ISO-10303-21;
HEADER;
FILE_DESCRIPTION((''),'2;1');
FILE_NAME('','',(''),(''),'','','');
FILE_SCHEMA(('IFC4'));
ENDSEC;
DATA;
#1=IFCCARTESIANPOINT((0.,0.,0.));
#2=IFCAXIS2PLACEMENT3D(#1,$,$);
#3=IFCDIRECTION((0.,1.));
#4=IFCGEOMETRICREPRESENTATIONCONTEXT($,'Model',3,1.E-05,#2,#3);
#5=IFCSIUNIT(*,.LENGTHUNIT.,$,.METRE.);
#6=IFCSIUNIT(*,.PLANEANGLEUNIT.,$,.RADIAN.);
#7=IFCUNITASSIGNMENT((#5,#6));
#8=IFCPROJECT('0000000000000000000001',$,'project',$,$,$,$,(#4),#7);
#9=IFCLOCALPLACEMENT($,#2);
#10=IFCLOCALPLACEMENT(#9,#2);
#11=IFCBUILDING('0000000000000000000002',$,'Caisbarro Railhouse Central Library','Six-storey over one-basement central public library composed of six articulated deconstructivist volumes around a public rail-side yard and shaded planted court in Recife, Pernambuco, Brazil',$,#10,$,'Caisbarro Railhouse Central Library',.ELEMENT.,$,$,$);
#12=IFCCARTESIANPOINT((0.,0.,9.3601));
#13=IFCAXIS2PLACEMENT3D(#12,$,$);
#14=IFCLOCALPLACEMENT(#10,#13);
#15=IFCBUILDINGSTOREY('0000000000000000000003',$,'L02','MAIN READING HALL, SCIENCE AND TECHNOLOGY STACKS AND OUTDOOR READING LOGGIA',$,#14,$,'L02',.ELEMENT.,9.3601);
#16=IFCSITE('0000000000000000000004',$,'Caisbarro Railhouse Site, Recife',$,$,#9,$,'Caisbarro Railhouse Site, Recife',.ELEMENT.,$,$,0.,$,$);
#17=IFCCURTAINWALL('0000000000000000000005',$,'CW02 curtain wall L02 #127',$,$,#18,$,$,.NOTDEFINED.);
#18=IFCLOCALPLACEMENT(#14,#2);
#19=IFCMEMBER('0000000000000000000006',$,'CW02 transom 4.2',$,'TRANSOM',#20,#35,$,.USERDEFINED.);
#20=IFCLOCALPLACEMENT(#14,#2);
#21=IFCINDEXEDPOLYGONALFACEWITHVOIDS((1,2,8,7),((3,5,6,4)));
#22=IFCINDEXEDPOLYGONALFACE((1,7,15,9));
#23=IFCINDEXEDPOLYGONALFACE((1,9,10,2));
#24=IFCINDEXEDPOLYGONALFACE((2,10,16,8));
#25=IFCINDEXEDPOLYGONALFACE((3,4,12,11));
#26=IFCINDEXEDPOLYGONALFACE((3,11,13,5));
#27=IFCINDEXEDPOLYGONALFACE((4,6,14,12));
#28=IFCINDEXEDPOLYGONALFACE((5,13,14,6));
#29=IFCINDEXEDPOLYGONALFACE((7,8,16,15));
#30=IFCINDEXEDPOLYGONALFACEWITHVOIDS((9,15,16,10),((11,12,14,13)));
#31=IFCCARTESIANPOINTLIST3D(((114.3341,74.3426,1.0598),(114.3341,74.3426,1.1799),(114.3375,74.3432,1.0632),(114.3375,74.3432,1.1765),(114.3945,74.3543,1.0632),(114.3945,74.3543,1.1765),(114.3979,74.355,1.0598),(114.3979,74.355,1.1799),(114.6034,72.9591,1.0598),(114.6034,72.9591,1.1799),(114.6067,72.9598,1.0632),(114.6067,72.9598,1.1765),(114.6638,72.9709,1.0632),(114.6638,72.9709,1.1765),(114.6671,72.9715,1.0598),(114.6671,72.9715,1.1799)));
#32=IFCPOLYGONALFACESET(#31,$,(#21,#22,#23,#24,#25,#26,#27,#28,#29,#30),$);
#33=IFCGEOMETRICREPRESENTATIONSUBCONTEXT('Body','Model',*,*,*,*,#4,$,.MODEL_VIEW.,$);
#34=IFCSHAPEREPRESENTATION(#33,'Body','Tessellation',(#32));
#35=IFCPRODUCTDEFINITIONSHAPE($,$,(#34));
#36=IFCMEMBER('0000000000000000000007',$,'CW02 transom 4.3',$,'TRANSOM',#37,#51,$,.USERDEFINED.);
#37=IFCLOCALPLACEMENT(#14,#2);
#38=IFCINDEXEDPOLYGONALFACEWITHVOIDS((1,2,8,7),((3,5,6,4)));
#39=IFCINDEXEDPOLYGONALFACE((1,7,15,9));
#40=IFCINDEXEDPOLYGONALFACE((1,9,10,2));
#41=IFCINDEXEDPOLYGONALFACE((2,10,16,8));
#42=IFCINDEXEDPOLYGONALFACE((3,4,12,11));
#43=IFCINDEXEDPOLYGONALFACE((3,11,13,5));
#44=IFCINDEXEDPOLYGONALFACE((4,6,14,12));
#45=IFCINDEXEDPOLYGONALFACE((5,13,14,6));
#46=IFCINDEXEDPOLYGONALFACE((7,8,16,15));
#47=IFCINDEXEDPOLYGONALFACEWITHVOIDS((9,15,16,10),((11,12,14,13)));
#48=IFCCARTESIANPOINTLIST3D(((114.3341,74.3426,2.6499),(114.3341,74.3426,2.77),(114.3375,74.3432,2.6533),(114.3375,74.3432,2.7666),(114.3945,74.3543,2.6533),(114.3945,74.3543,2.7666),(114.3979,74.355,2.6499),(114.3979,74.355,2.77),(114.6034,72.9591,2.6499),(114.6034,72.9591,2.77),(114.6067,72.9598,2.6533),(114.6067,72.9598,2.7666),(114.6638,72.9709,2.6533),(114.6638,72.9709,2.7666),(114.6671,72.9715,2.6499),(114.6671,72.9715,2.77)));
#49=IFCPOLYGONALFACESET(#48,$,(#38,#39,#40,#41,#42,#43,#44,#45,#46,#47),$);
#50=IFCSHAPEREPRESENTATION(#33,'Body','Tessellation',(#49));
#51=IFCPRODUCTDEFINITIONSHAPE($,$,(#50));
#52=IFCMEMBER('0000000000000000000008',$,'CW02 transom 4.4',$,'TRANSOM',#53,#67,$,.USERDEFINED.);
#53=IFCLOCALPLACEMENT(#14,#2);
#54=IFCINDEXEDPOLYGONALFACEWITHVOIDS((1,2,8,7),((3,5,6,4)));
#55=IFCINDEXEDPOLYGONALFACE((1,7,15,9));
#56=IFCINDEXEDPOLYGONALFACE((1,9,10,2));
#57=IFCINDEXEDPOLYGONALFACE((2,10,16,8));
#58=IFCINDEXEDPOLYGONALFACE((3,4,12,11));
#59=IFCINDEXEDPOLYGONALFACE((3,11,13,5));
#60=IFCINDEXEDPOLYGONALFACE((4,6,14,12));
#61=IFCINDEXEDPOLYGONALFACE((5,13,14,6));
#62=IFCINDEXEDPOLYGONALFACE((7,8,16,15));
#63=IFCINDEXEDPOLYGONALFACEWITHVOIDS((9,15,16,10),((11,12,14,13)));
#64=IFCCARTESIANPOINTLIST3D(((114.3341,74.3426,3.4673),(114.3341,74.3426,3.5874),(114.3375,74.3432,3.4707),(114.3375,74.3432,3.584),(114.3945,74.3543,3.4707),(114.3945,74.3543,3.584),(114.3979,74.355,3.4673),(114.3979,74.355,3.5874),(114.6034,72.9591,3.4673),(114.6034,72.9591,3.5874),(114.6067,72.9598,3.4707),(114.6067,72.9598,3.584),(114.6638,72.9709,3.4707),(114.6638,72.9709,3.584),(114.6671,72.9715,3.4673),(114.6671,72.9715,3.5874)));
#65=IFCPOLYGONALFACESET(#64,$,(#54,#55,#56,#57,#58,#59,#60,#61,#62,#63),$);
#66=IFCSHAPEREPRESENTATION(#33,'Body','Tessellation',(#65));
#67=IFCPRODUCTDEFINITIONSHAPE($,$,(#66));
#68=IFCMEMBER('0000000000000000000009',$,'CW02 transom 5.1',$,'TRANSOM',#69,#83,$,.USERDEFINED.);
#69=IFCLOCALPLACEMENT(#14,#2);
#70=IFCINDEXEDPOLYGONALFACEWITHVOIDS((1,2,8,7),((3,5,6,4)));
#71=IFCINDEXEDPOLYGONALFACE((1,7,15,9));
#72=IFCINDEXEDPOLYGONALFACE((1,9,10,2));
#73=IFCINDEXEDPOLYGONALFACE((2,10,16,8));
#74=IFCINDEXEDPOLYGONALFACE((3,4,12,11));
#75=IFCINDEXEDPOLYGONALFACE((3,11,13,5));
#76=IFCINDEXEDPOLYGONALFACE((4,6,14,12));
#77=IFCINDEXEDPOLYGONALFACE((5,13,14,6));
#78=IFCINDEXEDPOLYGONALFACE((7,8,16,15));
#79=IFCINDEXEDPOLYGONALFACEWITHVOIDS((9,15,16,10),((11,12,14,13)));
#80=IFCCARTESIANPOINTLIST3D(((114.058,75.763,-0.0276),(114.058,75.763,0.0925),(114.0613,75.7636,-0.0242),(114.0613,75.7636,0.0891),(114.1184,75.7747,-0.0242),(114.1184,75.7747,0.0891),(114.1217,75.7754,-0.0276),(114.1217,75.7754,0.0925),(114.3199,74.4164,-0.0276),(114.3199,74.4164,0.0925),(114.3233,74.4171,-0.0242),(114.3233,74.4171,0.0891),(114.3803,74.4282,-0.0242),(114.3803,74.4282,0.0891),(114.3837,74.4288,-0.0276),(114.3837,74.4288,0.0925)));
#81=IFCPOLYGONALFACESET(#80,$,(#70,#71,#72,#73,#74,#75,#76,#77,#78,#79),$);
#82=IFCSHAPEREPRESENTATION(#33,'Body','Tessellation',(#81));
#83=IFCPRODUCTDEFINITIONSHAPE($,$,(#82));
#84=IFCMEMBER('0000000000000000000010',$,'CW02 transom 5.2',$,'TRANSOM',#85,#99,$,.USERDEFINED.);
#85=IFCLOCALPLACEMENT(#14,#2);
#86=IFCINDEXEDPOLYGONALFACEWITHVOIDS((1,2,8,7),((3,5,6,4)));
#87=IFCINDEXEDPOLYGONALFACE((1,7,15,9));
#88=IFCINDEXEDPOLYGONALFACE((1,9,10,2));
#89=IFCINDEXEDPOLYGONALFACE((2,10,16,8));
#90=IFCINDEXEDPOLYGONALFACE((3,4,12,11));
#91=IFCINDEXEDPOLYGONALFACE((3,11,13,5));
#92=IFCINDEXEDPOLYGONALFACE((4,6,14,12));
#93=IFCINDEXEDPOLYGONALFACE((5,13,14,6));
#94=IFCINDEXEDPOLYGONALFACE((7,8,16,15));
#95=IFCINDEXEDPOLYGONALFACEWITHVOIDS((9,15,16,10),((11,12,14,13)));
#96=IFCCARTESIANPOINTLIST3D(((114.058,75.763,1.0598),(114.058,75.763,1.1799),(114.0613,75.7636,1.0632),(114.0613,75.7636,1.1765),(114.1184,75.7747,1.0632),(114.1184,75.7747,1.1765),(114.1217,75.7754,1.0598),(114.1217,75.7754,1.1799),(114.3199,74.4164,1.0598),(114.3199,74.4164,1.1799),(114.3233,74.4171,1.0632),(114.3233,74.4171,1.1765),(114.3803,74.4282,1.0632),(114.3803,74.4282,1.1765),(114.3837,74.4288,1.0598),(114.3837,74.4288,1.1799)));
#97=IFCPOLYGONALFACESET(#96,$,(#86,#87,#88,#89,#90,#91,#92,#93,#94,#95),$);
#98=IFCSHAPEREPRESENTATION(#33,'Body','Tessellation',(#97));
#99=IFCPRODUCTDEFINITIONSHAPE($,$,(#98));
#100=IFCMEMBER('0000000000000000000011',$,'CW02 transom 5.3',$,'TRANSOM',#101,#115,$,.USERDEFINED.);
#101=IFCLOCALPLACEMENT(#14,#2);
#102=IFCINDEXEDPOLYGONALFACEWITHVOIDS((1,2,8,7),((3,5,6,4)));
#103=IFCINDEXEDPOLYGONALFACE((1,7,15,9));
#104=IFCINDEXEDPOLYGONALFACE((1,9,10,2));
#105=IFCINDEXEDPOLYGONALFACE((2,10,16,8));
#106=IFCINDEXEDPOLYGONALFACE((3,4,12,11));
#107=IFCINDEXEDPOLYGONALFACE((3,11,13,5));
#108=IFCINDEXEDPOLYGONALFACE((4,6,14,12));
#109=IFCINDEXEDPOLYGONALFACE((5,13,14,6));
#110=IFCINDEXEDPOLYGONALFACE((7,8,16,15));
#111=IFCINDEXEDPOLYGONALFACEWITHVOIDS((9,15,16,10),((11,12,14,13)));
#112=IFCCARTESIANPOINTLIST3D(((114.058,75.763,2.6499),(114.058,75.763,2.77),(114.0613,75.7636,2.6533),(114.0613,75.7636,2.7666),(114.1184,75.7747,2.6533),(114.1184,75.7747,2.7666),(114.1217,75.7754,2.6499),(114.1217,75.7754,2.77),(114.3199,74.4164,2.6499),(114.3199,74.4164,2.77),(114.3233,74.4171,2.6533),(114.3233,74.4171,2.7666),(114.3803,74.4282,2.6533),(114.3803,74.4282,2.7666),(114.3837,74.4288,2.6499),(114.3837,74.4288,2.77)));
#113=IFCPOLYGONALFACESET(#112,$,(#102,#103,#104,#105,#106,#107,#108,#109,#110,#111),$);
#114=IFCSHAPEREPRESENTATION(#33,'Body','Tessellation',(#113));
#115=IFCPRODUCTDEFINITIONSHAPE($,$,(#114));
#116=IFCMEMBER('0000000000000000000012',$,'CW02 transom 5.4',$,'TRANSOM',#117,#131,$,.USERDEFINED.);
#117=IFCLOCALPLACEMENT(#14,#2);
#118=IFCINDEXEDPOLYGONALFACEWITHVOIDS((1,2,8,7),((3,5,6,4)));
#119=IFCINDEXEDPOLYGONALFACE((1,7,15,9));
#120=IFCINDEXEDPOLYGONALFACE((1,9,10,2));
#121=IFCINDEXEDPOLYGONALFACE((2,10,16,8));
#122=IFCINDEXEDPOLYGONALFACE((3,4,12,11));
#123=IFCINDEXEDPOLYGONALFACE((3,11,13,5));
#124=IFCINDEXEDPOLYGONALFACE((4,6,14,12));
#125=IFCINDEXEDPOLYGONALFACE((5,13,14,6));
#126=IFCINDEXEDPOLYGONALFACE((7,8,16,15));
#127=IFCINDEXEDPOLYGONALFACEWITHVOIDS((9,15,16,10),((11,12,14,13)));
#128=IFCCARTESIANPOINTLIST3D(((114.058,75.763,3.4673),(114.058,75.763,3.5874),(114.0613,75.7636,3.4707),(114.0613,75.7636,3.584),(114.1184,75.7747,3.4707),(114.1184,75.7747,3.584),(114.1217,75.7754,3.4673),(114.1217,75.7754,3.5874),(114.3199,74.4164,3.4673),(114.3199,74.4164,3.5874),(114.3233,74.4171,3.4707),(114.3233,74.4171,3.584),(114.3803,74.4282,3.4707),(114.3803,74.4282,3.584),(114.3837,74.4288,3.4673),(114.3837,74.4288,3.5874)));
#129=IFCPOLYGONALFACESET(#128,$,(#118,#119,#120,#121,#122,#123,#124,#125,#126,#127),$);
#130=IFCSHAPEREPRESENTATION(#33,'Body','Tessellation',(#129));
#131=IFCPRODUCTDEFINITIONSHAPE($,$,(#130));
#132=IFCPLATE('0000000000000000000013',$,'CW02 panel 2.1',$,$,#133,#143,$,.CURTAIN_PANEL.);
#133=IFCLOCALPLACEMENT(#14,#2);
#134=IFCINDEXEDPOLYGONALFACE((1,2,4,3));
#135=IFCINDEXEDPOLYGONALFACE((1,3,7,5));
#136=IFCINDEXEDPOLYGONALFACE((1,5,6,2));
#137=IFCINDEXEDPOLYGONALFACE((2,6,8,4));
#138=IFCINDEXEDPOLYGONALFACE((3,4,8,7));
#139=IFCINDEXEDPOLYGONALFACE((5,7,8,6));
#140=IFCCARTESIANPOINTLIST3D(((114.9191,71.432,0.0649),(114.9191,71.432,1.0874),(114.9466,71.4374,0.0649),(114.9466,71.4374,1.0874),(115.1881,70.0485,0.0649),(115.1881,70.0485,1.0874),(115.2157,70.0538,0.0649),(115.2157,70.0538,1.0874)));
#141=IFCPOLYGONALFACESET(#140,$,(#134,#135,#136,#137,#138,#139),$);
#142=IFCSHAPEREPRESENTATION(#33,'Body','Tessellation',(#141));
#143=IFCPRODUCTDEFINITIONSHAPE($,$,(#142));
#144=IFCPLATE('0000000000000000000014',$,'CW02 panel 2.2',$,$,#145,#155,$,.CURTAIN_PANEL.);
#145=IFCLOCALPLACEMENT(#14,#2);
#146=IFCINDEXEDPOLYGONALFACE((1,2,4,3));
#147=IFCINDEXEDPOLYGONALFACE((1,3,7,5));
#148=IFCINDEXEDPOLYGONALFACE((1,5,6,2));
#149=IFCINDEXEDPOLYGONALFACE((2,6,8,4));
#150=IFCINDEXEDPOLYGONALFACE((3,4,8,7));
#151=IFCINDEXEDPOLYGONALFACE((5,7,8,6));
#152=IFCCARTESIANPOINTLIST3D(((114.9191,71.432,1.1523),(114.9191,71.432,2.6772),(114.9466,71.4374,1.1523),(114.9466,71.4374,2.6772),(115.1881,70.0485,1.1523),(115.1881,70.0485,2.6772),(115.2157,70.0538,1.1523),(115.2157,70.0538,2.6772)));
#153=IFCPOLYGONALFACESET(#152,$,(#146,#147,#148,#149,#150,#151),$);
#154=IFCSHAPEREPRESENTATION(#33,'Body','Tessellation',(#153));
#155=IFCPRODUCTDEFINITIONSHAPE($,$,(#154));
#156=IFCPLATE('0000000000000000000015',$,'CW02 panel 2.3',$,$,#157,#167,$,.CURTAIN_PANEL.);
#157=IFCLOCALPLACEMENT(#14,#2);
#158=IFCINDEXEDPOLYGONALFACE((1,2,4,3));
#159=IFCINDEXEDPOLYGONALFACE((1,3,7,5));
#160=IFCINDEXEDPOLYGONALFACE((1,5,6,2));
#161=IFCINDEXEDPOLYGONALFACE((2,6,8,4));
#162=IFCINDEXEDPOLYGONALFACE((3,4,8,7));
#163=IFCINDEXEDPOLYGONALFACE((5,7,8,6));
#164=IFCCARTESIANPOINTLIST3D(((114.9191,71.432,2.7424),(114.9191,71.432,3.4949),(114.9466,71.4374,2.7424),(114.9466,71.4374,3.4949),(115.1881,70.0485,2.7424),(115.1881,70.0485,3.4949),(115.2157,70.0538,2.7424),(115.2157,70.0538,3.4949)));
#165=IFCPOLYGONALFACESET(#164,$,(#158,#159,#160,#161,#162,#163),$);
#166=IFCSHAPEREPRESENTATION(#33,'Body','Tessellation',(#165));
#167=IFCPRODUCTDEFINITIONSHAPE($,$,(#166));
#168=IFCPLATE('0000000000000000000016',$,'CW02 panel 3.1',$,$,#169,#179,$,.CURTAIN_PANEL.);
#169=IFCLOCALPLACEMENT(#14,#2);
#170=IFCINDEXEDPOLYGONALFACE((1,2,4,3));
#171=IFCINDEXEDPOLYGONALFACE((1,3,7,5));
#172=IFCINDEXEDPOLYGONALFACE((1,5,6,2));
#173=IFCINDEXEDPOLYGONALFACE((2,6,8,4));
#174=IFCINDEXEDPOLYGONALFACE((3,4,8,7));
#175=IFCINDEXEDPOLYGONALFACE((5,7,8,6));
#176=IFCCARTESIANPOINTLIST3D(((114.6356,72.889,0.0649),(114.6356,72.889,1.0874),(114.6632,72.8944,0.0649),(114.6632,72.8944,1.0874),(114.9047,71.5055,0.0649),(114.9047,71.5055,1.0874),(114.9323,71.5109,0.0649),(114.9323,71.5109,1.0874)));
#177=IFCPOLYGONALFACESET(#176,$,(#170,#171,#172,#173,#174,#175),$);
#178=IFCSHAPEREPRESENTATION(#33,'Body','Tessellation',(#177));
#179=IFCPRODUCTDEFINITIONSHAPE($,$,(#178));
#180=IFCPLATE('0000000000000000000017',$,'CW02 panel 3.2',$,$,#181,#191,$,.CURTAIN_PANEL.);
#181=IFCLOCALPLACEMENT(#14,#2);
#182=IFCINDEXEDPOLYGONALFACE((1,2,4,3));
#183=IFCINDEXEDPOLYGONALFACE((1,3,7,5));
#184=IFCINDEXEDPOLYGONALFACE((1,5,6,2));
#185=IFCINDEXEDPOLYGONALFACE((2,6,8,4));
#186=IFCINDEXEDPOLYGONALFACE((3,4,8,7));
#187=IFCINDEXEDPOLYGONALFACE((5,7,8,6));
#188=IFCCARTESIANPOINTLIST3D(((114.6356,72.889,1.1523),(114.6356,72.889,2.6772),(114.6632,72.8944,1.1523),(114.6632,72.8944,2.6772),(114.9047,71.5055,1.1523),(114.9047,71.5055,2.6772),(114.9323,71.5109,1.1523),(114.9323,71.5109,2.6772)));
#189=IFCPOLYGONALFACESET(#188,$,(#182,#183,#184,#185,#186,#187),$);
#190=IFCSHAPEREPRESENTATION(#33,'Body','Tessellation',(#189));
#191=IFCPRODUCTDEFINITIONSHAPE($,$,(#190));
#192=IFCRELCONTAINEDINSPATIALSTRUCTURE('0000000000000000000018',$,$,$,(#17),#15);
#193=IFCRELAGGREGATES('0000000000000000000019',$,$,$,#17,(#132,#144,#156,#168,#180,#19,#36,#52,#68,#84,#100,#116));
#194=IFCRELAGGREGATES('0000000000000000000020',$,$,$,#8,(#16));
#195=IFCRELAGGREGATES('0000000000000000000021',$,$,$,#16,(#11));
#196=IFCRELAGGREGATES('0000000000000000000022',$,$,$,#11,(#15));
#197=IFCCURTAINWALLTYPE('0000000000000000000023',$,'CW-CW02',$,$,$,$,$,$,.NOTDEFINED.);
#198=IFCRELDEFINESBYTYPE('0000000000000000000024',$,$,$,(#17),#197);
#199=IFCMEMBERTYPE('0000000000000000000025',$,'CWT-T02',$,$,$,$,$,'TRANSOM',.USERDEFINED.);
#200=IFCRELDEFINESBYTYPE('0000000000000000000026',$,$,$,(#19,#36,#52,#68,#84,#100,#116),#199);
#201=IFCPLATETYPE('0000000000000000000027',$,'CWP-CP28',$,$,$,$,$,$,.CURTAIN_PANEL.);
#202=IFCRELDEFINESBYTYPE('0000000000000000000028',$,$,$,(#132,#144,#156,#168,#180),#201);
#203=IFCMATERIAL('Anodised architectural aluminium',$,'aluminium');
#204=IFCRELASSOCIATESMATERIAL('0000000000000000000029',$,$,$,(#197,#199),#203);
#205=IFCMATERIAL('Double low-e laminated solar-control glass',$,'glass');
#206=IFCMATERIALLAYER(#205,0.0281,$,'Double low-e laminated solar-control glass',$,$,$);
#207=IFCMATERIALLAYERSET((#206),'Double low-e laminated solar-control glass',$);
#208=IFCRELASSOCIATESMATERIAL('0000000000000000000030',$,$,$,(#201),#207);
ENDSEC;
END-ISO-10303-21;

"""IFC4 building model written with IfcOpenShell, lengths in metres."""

from ifc_helpers import new_model, si_unit, direction, frame, origin, origin_2d, place, context, subcontext, project, spatial, rectangle, hollow_rectangle, extrude, material, layer, layer_set, material_profile, profile_set, type_object, element, aggregate, save


model = new_model("IFC4")

# Units and contexts
model_context = context("Model", 3, precision=1e-05, world=origin(), true_north=direction((0.0, 1.0)))
body_context = subcontext(model_context, "Body", "Model", "MODEL_VIEW")
ifc_project = project(units=[si_unit("LENGTHUNIT", "METRE"), si_unit("PLANEANGLEUNIT", "RADIAN")], contexts=[model_context])

# Site, building, storey
site_placement = place(None, origin())
site = spatial("IfcSite", under=ifc_project, at=site_placement, Name="Caisbarro Railhouse Site, Recife", LongName="Caisbarro Railhouse Site, Recife", CompositionType="ELEMENT", RefElevation=0.0)
building_placement = place(site_placement, origin())
building = spatial("IfcBuilding", under=site, at=building_placement, Name="Caisbarro Railhouse Central Library", Description="Six-storey over one-basement central public library composed of six articulated deconstructivist volumes around a public rail-side yard and shaded planted court in Recife, Pernambuco, Brazil", LongName="Caisbarro Railhouse Central Library", CompositionType="ELEMENT")
storey_placement = place(building_placement, frame((0.0, 0.0, 9.3601)))
storey = spatial("IfcBuildingStorey", under=building, at=storey_placement, Name="L02", Description="MAIN READING HALL, SCIENCE AND TECHNOLOGY STACKS AND OUTDOOR READING LOGGIA", LongName="L02", CompositionType="ELEMENT", Elevation=9.3601)

# Curtain wall, members, plates
ifc_material_1 = material(Name="Anodised architectural aluminium", Category="aluminium")
curtain_wall_type = type_object("IfcCurtainWallType", Name="CW-CW02", PredefinedType="NOTDEFINED", material=ifc_material_1)
curtain_wall_placement = place(storey_placement, origin())
curtain_wall = element("IfcCurtainWall", 1, at=curtain_wall_placement, inside=storey, type_object=curtain_wall_type, Name="CW02 curtain wall L02 #127", PredefinedType="NOTDEFINED")
ifc_material_profile_1 = material_profile(ifc_material_1, hollow_rectangle(XDim=0.0649, YDim=0.1201, WallThickness=0.0034, at=origin_2d()), Name="ALU-TRN-65X120")
ifc_profile_set_1 = profile_set([ifc_material_profile_1], Name="Anodised architectural aluminium")
member_type_1 = type_object("IfcMemberType", Name="CWT-T02", ElementType="TRANSOM", PredefinedType="USERDEFINED", material=ifc_profile_set_1)
member_1_placement = place(storey_placement, frame((114.6353, 72.9653, 1.1199), z_axis=(-0.19105, 0.98158, 0.0), x_axis=(-0.98158, -0.19105, 0.0)))
member_1 = element("IfcMember", 2, at=member_1_placement, type_object=member_type_1, Name="CW02 transom 4.2", ObjectType="TRANSOM", PredefinedType="USERDEFINED", context=body_context, shape_type="SweptSolid", body=[
    extrude(hollow_rectangle(XDim=0.0649, YDim=0.1201, WallThickness=0.0034, at=origin_2d()), origin(), (0.0, 0.0, 1.0), 1.4094),
])
member_2_placement = place(storey_placement, frame((114.6353, 72.9653, 2.71), z_axis=(-0.19105, 0.98158, 0.0), x_axis=(-0.98158, -0.19105, 0.0)))
member_2 = element("IfcMember", 3, at=member_2_placement, type_object=member_type_1, Name="CW02 transom 4.3", ObjectType="TRANSOM", PredefinedType="USERDEFINED", context=body_context, shape_type="SweptSolid", body=[
    extrude(hollow_rectangle(XDim=0.0649, YDim=0.1201, WallThickness=0.0034, at=origin_2d()), origin(), (0.0, 0.0, 1.0), 1.4094),
])
member_3_placement = place(storey_placement, frame((114.6353, 72.9653, 3.5273), z_axis=(-0.19105, 0.98158, 0.0), x_axis=(-0.98158, -0.19105, 0.0)))
member_3 = element("IfcMember", 4, at=member_3_placement, type_object=member_type_1, Name="CW02 transom 4.4", ObjectType="TRANSOM", PredefinedType="USERDEFINED", context=body_context, shape_type="SweptSolid", body=[
    extrude(hollow_rectangle(XDim=0.0649, YDim=0.1201, WallThickness=0.0034, at=origin_2d()), origin(), (0.0, 0.0, 1.0), 1.4094),
])
member_4_placement = place(storey_placement, frame((114.3518, 74.4226, 0.0325), z_axis=(-0.190946, 0.981601, 0.0), x_axis=(-0.981601, -0.190946, 0.0)))
member_4 = element("IfcMember", 5, at=member_4_placement, type_object=member_type_1, Name="CW02 transom 5.1", ObjectType="TRANSOM", PredefinedType="USERDEFINED", context=body_context, shape_type="SweptSolid", body=[
    extrude(hollow_rectangle(XDim=0.0649, YDim=0.1201, WallThickness=0.0034, at=origin_2d()), origin(), (0.0, 0.0, 1.0), 1.3718),
])
member_5_placement = place(storey_placement, frame((114.3518, 74.4226, 1.1199), z_axis=(-0.190946, 0.981601, 0.0), x_axis=(-0.981601, -0.190946, 0.0)))
member_5 = element("IfcMember", 6, at=member_5_placement, type_object=member_type_1, Name="CW02 transom 5.2", ObjectType="TRANSOM", PredefinedType="USERDEFINED", context=body_context, shape_type="SweptSolid", body=[
    extrude(hollow_rectangle(XDim=0.0649, YDim=0.1201, WallThickness=0.0034, at=origin_2d()), origin(), (0.0, 0.0, 1.0), 1.3718),
])
member_6_placement = place(storey_placement, frame((114.3518, 74.4226, 2.71), z_axis=(-0.190946, 0.981601, 0.0), x_axis=(-0.981601, -0.190946, 0.0)))
member_6 = element("IfcMember", 7, at=member_6_placement, type_object=member_type_1, Name="CW02 transom 5.3", ObjectType="TRANSOM", PredefinedType="USERDEFINED", context=body_context, shape_type="SweptSolid", body=[
    extrude(hollow_rectangle(XDim=0.0649, YDim=0.1201, WallThickness=0.0034, at=origin_2d()), origin(), (0.0, 0.0, 1.0), 1.3718),
])
member_7_placement = place(storey_placement, frame((114.3518, 74.4226, 3.5273), z_axis=(-0.190946, 0.981601, 0.0), x_axis=(-0.981601, -0.190946, 0.0)))
member_7 = element("IfcMember", 8, at=member_7_placement, type_object=member_type_1, Name="CW02 transom 5.4", ObjectType="TRANSOM", PredefinedType="USERDEFINED", context=body_context, shape_type="SweptSolid", body=[
    extrude(hollow_rectangle(XDim=0.0649, YDim=0.1201, WallThickness=0.0034, at=origin_2d()), origin(), (0.0, 0.0, 1.0), 1.3718),
])
ifc_material_2 = material(Name="Double low-e laminated solar-control glass", Category="glass")
ifc_layer = layer(ifc_material_2, 0.0281, Name="Double low-e laminated solar-control glass")
ifc_layer_set = layer_set([ifc_layer], Name="Double low-e laminated solar-control glass")
plate_type = type_object("IfcPlateType", Name="CWP-CP28", PredefinedType="CURTAIN_PANEL", material=ifc_layer_set)
plate_1_placement = place(storey_placement, frame((115.0674, 70.7429, 0.0649), z_axis=(0.0, 0.0, 1.0), x_axis=(-0.190911, 0.981607, 0.0)))
plate_1 = element("IfcPlate", 9, at=plate_1_placement, type_object=plate_type, Name="CW02 panel 2.1", PredefinedType="CURTAIN_PANEL", context=body_context, shape_type="SweptSolid", body=[
    extrude(rectangle(XDim=1.4094, YDim=0.0281, at=origin_2d()), origin(), (0.0, 0.0, 1.0), 1.0225),
])
plate_2_placement = place(storey_placement, frame((115.0674, 70.7429, 1.1523), z_axis=(0.0, 0.0, 1.0), x_axis=(-0.190911, 0.981607, 0.0)))
plate_2 = element("IfcPlate", 10, at=plate_2_placement, type_object=plate_type, Name="CW02 panel 2.2", PredefinedType="CURTAIN_PANEL", context=body_context, shape_type="SweptSolid", body=[
    extrude(rectangle(XDim=1.4094, YDim=0.0281, at=origin_2d()), origin(), (0.0, 0.0, 1.0), 1.5249),
])
plate_3_placement = place(storey_placement, frame((115.0674, 70.7429, 2.7424), z_axis=(0.0, 0.0, 1.0), x_axis=(-0.190911, 0.981607, 0.0)))
plate_3 = element("IfcPlate", 11, at=plate_3_placement, type_object=plate_type, Name="CW02 panel 2.3", PredefinedType="CURTAIN_PANEL", context=body_context, shape_type="SweptSolid", body=[
    extrude(rectangle(XDim=1.4094, YDim=0.0281, at=origin_2d()), origin(), (0.0, 0.0, 1.0), 0.7524),
])
plate_4_placement = place(storey_placement, frame((114.7839, 72.2, 0.0649), z_axis=(0.0, 0.0, 1.0), x_axis=(-0.190911, 0.981607, 0.0)))
plate_4 = element("IfcPlate", 12, at=plate_4_placement, type_object=plate_type, Name="CW02 panel 3.1", PredefinedType="CURTAIN_PANEL", context=body_context, shape_type="SweptSolid", body=[
    extrude(rectangle(XDim=1.4094, YDim=0.0281, at=origin_2d()), origin(), (0.0, 0.0, 1.0), 1.0225),
])
plate_5_placement = place(storey_placement, frame((114.7839, 72.2, 1.1523), z_axis=(0.0, 0.0, 1.0), x_axis=(-0.190911, 0.981607, 0.0)))
plate_5 = element("IfcPlate", 13, at=plate_5_placement, type_object=plate_type, Name="CW02 panel 3.2", PredefinedType="CURTAIN_PANEL", context=body_context, shape_type="SweptSolid", body=[
    extrude(rectangle(XDim=1.4094, YDim=0.0281, at=origin_2d()), origin(), (0.0, 0.0, 1.0), 1.5249),
])
aggregate(curtain_wall, [plate_1, plate_2, plate_3, plate_4, plate_5, member_1, member_2, member_3, member_4, member_5, member_6, member_7])

save(model, "model.ifc")
